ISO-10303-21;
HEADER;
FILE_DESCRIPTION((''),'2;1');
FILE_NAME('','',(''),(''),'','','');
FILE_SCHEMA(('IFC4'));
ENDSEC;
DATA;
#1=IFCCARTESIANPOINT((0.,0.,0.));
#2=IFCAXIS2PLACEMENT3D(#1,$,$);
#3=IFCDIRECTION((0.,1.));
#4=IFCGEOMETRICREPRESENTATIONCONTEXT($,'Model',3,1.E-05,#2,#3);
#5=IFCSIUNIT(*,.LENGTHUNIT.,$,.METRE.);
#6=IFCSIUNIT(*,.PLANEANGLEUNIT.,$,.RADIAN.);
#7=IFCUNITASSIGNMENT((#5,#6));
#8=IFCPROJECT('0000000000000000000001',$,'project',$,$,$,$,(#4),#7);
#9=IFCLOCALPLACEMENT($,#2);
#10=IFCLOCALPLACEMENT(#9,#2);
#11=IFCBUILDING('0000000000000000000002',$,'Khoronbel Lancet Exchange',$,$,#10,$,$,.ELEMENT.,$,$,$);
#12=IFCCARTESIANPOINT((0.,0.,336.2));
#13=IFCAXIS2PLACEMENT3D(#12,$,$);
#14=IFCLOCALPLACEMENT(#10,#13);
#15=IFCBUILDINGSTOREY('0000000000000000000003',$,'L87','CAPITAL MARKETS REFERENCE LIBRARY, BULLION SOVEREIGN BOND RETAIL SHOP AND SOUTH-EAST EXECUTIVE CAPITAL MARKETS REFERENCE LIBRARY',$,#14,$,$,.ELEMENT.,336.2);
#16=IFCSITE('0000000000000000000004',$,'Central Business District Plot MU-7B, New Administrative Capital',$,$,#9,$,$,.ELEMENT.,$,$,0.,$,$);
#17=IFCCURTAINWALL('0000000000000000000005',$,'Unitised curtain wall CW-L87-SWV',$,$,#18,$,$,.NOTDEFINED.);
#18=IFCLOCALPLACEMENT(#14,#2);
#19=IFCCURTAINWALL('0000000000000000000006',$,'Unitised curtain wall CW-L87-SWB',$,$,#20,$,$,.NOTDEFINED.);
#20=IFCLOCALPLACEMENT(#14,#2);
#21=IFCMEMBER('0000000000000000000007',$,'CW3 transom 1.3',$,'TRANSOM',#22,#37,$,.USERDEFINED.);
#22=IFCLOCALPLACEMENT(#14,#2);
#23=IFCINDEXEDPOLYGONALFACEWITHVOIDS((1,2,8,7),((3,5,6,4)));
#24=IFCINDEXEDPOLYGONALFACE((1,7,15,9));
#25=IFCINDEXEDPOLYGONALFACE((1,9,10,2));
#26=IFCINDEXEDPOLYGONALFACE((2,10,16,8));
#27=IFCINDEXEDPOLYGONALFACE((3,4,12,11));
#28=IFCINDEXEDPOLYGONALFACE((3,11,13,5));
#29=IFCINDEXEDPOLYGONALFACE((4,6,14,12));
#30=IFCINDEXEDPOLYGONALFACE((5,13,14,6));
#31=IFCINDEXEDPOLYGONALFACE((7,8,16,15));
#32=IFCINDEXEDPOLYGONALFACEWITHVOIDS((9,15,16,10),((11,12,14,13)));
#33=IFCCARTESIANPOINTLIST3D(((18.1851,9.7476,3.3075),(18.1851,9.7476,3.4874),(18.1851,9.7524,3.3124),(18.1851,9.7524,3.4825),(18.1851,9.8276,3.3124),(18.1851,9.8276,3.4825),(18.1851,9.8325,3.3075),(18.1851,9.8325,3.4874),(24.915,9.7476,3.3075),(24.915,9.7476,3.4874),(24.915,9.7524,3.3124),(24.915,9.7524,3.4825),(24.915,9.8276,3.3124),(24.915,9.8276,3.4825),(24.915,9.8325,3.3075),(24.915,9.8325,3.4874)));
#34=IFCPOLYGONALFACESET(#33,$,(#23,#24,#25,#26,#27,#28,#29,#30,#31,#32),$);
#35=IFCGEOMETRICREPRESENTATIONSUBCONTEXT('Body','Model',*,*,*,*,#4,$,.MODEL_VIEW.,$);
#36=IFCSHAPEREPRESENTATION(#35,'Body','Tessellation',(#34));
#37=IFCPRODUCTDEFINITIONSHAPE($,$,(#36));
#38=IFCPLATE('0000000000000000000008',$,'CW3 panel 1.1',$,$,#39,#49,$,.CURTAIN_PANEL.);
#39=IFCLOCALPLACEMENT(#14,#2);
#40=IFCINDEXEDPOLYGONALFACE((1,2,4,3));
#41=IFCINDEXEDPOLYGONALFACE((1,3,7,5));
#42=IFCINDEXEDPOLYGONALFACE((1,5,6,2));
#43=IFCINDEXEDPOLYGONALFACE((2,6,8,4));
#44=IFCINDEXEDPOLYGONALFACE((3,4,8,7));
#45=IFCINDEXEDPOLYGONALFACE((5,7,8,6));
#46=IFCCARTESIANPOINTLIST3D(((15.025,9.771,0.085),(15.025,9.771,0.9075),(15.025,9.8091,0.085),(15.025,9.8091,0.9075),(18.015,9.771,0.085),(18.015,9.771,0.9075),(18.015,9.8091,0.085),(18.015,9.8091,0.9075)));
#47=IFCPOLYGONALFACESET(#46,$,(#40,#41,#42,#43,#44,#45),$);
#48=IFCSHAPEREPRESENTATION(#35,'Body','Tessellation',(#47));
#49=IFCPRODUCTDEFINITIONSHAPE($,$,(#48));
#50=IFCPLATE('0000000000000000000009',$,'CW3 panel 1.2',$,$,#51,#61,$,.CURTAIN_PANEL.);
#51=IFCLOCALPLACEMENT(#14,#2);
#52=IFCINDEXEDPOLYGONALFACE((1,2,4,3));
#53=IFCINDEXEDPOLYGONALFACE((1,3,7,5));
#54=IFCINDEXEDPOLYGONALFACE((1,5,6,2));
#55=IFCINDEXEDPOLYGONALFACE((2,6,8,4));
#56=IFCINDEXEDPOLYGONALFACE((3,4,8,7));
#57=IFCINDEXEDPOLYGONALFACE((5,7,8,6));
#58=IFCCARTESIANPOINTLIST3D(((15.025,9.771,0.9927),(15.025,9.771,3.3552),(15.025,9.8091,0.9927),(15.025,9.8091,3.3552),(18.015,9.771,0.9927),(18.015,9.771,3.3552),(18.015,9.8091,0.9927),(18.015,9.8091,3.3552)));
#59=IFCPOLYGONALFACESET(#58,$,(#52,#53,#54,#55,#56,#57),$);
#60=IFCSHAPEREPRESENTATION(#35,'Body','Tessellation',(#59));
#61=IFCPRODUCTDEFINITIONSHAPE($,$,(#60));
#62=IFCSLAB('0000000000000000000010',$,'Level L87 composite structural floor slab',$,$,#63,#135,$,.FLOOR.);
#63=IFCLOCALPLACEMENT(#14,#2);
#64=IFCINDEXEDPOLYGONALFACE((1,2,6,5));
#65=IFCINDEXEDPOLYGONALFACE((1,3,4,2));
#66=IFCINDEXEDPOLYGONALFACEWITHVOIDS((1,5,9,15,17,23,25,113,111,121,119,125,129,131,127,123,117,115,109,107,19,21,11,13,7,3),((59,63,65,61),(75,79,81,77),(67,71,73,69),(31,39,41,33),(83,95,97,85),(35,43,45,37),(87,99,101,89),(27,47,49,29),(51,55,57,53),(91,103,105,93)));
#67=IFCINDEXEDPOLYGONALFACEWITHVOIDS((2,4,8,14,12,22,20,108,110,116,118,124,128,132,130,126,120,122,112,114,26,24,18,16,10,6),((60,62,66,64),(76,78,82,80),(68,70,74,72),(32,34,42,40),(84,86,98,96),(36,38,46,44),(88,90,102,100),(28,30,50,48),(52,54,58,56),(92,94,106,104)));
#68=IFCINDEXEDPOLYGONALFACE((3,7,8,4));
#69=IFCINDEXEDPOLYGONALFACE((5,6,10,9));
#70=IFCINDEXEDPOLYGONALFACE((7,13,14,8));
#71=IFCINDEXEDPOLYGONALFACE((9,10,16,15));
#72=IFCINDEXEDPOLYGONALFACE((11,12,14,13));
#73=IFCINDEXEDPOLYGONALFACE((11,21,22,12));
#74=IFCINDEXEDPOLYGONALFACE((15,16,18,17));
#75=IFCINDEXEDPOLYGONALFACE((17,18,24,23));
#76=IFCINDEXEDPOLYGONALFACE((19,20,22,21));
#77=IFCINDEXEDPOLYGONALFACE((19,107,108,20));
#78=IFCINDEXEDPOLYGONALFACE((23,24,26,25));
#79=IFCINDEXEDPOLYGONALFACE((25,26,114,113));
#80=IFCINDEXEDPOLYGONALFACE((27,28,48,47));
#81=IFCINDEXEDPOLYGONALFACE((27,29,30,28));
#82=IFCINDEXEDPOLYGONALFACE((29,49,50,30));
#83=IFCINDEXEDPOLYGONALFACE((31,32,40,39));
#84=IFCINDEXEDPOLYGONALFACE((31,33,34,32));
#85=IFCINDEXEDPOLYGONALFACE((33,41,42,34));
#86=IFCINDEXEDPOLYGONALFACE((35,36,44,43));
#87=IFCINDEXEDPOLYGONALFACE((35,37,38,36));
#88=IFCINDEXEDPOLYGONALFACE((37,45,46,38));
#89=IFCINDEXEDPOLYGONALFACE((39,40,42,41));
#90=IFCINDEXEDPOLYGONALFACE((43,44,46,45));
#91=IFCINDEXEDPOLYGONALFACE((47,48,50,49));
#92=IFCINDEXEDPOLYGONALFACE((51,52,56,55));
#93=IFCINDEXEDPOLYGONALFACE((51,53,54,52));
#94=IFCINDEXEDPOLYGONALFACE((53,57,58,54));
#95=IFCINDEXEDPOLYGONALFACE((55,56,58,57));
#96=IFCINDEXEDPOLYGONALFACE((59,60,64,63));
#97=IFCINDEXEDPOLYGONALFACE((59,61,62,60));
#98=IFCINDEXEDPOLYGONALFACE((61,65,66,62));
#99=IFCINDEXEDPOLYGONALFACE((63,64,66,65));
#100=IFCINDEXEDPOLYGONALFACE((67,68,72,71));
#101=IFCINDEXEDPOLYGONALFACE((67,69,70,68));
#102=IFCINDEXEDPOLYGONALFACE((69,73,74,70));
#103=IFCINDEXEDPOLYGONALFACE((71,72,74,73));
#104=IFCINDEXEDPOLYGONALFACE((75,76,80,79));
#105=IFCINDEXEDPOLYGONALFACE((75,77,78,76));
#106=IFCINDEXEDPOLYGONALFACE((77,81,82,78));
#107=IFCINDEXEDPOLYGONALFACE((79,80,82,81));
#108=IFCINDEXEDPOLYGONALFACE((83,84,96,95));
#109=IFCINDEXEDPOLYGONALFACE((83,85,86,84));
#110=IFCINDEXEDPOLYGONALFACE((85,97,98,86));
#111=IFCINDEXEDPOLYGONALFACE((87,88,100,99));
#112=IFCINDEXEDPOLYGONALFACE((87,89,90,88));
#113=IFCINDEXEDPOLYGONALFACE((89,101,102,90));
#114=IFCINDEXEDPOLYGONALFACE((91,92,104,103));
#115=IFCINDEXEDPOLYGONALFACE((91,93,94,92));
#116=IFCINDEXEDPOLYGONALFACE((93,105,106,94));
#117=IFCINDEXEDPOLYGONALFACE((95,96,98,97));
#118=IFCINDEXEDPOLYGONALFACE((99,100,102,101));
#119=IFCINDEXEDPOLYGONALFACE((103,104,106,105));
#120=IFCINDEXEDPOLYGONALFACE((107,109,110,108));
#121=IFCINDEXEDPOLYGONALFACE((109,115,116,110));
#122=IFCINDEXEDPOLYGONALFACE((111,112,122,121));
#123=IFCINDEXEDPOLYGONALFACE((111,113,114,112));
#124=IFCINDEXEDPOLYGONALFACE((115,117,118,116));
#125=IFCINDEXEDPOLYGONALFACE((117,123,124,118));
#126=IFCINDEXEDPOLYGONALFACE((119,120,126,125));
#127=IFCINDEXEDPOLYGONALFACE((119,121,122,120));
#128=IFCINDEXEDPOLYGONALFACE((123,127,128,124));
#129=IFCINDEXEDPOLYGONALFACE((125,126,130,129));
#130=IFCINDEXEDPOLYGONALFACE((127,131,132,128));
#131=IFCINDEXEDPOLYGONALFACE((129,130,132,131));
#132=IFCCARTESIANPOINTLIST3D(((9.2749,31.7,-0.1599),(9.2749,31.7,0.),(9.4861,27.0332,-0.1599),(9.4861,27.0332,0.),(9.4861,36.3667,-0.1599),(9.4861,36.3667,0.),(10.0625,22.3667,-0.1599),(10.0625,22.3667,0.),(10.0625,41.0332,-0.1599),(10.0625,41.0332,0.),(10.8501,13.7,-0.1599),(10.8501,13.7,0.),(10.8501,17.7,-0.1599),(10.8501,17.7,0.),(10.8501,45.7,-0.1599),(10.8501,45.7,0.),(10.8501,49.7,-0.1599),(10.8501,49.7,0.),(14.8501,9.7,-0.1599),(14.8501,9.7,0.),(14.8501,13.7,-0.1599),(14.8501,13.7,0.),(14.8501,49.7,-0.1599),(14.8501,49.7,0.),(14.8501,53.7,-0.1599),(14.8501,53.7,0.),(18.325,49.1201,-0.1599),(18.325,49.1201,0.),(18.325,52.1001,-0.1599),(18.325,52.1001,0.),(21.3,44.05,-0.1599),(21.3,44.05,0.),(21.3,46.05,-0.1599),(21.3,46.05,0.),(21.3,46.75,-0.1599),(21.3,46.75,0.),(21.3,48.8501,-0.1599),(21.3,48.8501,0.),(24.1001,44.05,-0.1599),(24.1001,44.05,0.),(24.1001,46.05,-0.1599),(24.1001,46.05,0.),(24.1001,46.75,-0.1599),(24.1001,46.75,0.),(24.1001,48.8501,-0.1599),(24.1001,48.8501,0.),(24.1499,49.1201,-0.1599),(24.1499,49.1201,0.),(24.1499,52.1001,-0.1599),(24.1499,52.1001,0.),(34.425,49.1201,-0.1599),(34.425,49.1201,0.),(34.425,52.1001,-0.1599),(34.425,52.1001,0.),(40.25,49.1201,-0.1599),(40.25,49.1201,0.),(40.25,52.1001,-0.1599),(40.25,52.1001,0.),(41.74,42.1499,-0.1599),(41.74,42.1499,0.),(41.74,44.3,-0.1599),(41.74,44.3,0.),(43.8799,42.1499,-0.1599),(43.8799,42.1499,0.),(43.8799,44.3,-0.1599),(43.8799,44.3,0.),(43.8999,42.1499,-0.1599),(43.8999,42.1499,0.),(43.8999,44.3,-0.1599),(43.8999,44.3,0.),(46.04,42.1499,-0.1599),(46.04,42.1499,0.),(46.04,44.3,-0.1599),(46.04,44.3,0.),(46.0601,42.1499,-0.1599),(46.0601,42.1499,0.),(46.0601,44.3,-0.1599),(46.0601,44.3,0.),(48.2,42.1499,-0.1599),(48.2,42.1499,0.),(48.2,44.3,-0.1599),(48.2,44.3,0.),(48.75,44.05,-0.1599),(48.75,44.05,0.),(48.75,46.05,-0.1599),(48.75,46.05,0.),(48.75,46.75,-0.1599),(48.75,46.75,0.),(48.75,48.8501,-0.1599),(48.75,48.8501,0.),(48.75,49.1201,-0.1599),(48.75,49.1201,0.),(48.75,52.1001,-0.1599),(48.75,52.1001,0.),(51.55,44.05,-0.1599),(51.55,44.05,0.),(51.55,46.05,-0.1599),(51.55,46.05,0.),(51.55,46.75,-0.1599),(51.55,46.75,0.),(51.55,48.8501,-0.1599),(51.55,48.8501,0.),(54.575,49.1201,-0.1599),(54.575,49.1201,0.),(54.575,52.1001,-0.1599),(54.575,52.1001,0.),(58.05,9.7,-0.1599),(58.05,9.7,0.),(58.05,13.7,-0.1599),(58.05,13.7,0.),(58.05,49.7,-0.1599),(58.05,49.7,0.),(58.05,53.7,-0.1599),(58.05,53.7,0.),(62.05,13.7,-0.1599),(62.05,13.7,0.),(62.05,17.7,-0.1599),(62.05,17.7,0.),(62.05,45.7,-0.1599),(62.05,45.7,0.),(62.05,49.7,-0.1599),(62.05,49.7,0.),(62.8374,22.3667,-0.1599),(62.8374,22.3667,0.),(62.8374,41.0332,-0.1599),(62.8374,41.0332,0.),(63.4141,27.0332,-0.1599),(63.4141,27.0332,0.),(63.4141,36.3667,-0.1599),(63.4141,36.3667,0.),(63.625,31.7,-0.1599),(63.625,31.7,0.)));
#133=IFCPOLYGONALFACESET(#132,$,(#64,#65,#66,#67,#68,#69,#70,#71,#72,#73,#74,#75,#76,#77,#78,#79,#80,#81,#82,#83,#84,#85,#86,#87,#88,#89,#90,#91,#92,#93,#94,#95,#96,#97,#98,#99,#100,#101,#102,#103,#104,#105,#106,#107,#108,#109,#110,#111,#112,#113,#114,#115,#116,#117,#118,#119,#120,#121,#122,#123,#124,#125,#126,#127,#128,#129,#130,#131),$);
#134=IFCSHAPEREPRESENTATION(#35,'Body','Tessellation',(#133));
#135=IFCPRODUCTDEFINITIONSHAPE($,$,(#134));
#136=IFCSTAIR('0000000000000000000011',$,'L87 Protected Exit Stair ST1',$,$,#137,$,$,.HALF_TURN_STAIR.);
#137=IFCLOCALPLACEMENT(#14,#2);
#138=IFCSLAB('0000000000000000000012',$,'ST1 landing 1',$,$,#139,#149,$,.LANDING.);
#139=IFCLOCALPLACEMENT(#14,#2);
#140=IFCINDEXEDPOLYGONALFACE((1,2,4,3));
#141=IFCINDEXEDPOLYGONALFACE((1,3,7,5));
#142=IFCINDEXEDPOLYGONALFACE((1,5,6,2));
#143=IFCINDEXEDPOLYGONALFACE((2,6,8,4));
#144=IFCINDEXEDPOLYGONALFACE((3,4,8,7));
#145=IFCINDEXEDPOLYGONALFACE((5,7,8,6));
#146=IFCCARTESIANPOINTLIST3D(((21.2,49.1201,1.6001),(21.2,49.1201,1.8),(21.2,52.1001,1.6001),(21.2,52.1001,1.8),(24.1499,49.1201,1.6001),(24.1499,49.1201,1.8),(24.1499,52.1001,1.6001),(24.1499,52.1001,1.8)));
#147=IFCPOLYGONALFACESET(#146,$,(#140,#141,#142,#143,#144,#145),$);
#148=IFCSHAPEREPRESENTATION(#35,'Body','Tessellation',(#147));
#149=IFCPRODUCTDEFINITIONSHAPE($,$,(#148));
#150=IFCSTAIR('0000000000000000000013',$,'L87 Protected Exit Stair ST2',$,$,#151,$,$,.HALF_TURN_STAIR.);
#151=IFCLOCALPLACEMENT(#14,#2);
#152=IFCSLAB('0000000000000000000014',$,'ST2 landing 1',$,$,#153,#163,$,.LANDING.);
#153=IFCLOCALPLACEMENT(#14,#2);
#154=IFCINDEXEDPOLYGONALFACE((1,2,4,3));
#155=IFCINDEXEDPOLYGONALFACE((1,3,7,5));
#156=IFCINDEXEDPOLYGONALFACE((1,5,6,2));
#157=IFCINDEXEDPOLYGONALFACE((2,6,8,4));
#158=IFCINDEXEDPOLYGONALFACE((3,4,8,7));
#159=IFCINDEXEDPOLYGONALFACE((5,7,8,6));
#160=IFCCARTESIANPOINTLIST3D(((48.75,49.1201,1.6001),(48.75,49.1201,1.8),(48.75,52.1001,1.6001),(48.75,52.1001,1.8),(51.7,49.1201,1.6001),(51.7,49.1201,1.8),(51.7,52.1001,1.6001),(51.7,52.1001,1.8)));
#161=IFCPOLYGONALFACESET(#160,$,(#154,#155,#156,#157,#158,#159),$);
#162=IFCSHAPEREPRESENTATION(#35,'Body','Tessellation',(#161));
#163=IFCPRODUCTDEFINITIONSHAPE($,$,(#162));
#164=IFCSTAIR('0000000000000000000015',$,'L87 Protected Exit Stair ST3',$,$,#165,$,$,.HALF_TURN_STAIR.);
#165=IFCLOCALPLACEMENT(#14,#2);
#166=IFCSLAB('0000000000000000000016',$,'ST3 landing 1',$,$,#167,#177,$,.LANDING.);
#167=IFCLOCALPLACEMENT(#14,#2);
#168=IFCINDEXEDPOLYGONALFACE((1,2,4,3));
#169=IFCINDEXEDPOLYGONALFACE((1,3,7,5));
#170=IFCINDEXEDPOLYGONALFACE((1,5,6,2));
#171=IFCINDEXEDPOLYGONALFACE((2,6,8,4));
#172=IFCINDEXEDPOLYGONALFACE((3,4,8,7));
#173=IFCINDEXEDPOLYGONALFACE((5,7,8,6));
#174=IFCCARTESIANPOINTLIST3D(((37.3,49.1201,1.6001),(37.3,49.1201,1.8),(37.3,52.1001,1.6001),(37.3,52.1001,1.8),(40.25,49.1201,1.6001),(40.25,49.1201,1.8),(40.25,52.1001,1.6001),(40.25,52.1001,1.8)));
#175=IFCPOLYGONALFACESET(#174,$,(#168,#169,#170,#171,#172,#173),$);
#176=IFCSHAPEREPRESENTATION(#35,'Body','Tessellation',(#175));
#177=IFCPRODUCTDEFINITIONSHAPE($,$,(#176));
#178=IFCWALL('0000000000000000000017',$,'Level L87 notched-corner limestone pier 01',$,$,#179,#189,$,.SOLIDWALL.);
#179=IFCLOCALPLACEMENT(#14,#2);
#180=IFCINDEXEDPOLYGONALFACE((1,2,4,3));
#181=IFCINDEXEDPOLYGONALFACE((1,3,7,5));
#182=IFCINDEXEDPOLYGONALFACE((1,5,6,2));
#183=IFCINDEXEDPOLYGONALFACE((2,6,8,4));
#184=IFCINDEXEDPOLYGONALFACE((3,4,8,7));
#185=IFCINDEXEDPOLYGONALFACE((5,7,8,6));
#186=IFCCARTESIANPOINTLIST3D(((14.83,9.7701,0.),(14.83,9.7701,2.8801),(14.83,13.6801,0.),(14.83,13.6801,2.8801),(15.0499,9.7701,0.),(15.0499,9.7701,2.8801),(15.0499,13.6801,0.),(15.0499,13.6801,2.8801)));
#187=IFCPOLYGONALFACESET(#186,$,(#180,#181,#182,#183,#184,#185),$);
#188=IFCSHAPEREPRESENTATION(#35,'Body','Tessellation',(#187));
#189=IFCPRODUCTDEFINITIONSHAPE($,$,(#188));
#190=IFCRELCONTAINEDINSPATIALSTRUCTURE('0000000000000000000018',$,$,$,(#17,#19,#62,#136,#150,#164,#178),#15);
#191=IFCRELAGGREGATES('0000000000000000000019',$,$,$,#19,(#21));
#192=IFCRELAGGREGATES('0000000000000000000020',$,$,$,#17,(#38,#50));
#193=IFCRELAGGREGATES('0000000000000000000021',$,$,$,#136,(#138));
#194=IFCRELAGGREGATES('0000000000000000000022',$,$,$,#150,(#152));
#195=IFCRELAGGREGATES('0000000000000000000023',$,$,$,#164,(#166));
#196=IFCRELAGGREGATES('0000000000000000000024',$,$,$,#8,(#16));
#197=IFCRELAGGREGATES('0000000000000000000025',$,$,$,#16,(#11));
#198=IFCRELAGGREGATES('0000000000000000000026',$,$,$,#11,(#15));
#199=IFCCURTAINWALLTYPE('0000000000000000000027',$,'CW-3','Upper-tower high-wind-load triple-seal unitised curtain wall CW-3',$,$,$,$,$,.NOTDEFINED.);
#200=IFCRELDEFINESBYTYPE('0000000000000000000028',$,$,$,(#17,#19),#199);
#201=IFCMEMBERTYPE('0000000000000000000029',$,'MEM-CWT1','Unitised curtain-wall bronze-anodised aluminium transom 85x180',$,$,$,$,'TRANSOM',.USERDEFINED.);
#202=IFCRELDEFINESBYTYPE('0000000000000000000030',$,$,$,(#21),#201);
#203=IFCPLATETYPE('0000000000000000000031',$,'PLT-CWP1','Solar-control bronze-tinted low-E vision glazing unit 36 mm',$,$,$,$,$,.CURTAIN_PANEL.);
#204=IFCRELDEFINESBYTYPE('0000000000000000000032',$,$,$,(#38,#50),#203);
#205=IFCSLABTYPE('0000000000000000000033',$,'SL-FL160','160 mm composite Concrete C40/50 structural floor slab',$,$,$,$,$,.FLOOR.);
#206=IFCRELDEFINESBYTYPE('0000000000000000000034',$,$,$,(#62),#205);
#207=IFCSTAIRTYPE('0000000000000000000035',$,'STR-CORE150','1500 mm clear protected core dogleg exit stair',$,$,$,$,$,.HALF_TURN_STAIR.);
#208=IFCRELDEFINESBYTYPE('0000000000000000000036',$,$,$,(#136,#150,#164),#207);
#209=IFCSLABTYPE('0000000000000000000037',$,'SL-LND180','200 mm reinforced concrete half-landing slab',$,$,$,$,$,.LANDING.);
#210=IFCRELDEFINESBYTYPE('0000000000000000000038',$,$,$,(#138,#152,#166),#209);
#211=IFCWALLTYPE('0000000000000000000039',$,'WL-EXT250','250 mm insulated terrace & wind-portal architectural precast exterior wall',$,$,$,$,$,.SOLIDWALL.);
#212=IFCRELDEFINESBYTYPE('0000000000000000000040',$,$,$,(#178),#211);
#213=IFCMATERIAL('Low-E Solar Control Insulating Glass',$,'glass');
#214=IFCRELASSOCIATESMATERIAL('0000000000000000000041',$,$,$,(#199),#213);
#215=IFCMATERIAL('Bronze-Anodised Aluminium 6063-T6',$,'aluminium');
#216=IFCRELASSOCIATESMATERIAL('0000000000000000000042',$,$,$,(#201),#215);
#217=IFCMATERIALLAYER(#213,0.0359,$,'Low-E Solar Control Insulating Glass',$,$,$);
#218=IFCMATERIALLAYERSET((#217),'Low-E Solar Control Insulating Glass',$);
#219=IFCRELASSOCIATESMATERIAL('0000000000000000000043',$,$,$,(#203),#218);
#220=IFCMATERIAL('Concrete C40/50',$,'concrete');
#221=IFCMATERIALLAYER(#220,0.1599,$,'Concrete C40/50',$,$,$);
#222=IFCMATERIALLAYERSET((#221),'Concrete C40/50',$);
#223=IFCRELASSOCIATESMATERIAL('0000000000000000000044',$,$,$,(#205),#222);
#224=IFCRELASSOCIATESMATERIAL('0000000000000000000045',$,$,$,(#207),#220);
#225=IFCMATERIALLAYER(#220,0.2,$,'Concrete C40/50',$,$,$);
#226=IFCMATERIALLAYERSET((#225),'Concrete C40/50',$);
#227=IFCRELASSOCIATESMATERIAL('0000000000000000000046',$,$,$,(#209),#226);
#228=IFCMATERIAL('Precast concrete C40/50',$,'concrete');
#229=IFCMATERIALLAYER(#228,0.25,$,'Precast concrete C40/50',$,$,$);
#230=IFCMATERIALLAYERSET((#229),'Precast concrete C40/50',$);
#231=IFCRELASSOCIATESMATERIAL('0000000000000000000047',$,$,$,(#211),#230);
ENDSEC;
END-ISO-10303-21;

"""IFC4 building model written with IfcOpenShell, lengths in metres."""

from ifc_helpers import new_model, si_unit, direction, frame, frame_2d, origin, origin_2d, place, context, subcontext, project, spatial, polyline, rectangle, hollow_rectangle, outline, extrude, material, layer, layer_set, material_profile, profile_set, type_object, element, aggregate, save


model = new_model("IFC4")

# Units and contexts
model_context = context("Model", 3, precision=1e-05, world=origin(), true_north=direction((0.0, 1.0)))
body_context = subcontext(model_context, "Body", "Model", "MODEL_VIEW")
ifc_project = project(units=[si_unit("LENGTHUNIT", "METRE"), si_unit("PLANEANGLEUNIT", "RADIAN")], contexts=[model_context])

# Site, building, storey
site_placement = place(None, origin())
site = spatial("IfcSite", under=ifc_project, at=site_placement, Name="Central Business District Plot MU-7B, New Administrative Capital", CompositionType="ELEMENT", RefElevation=0.0)
building_placement = place(site_placement, origin())
building = spatial("IfcBuilding", under=site, at=building_placement, Name="Khoronbel Lancet Exchange", CompositionType="ELEMENT")
storey_placement = place(building_placement, frame((0.0, 0.0, 336.2)))
storey = spatial("IfcBuildingStorey", under=building, at=storey_placement, Name="L87", Description="CAPITAL MARKETS REFERENCE LIBRARY, BULLION SOVEREIGN BOND RETAIL SHOP AND SOUTH-EAST EXECUTIVE CAPITAL MARKETS REFERENCE LIBRARY", CompositionType="ELEMENT", Elevation=336.2)

# Curtain wall
ifc_material_1 = material(Name="Low-E Solar Control Insulating Glass", Category="glass")
curtain_wall_type = type_object("IfcCurtainWallType", Name="CW-3", Description="Upper-tower high-wind-load triple-seal unitised curtain wall CW-3", PredefinedType="NOTDEFINED", material=ifc_material_1)
curtain_wall_1_placement = place(storey_placement, origin())
curtain_wall_1 = element("IfcCurtainWall", 1, at=curtain_wall_1_placement, inside=storey, type_object=curtain_wall_type, Name="Unitised curtain wall CW-L87-SWV", PredefinedType="NOTDEFINED")
ifc_material_2 = material(Name="Bronze-Anodised Aluminium 6063-T6", Category="aluminium")

# Curtain wall
curtain_wall_2_placement = place(storey_placement, origin())
curtain_wall_2 = element("IfcCurtainWall", 2, at=curtain_wall_2_placement, inside=storey, type_object=curtain_wall_type, Name="Unitised curtain wall CW-L87-SWB", PredefinedType="NOTDEFINED")

# Member
ifc_material_profile_1 = material_profile(ifc_material_2, hollow_rectangle(XDim=0.085, YDim=0.1799, WallThickness=0.0049, at=origin_2d()), Name="ALU TRANSOM 85x180")
ifc_profile_set_1 = profile_set([ifc_material_profile_1], Name="Bronze-Anodised Aluminium 6063-T6")
member_type_1 = type_object("IfcMemberType", Name="MEM-CWT1", Description="Unitised curtain-wall bronze-anodised aluminium transom 85x180", ElementType="TRANSOM", PredefinedType="USERDEFINED", material=ifc_profile_set_1)
member_1_placement = place(storey_placement, frame((18.1851, 9.79, 3.3975), z_axis=(1.0, 0.0, 0.0), x_axis=(0.0, 1.0, 0.0)))
member_1 = element("IfcMember", 3, at=member_1_placement, type_object=member_type_1, Name="CW3 transom 1.3", ObjectType="TRANSOM", PredefinedType="USERDEFINED", context=body_context, shape_type="SweptSolid", body=[
    extrude(hollow_rectangle(XDim=0.085, YDim=0.1799, WallThickness=0.0049, at=origin_2d()), origin(), (0.0, 0.0, 1.0), 6.73),
])
aggregate(curtain_wall_2, [member_1])

# Plates
ifc_layer_1 = layer(ifc_material_1, 0.0359, Name="Low-E Solar Control Insulating Glass")
ifc_layer_set_1 = layer_set([ifc_layer_1], Name="Low-E Solar Control Insulating Glass")
plate_type = type_object("IfcPlateType", Name="PLT-CWP1", Description="Solar-control bronze-tinted low-E vision glazing unit 36 mm", PredefinedType="CURTAIN_PANEL", material=ifc_layer_set_1)
plate_1_placement = place(storey_placement, frame((16.52, 9.79, 0.085), z_axis=(0.0, 0.0, 1.0), x_axis=(1.0, 0.0, 0.0)))
plate_1 = element("IfcPlate", 4, at=plate_1_placement, type_object=plate_type, Name="CW3 panel 1.1", PredefinedType="CURTAIN_PANEL", context=body_context, shape_type="SweptSolid", body=[
    extrude(rectangle(XDim=2.99, YDim=0.0381, at=origin_2d()), origin(), (0.0, 0.0, 1.0), 0.8225),
])
plate_2_placement = place(storey_placement, frame((16.52, 9.79, 0.9927), z_axis=(0.0, 0.0, 1.0), x_axis=(1.0, 0.0, 0.0)))
plate_2 = element("IfcPlate", 5, at=plate_2_placement, type_object=plate_type, Name="CW3 panel 1.2", PredefinedType="CURTAIN_PANEL", context=body_context, shape_type="SweptSolid", body=[
    extrude(rectangle(XDim=2.99, YDim=0.0381, at=origin_2d()), origin(), (0.0, 0.0, 1.0), 2.3625),
])
aggregate(curtain_wall_1, [plate_1, plate_2])

# Slab
ifc_material_3 = material(Name="Concrete C40/50", Category="concrete")
ifc_layer_2 = layer(ifc_material_3, 0.1599, Name="Concrete C40/50")
ifc_layer_set_2 = layer_set([ifc_layer_2], Name="Concrete C40/50")
slab_type_1 = type_object("IfcSlabType", Name="SL-FL160", Description="160 mm composite Concrete C40/50 structural floor slab", PredefinedType="FLOOR", material=ifc_layer_set_2)
slab_1_placement = place(storey_placement, frame((0.0, 0.0, -0.1599)))
element("IfcSlab", 6, at=slab_1_placement, inside=storey, type_object=slab_type_1, Name="Level L87 composite structural floor slab", PredefinedType="FLOOR", context=body_context, shape_type="SweptSolid", body=[
    extrude(outline(polyline([(14.8501, 9.7), (58.05, 9.7), (58.05, 13.7), (62.05, 13.7), (62.05, 17.7), (62.8374, 22.3667), (63.4141, 27.0332), (63.625, 31.7), (63.4141, 36.3667), (62.8374, 41.0332), (62.05, 45.7), (62.05, 49.7), (58.05, 49.7), (58.05, 53.7), (14.8501, 53.7), (14.8501, 49.7), (10.8501, 49.7), (10.8501, 45.7), (10.0625, 41.0332), (9.4861, 36.3667), (9.2749, 31.7), (9.4861, 27.0332), (10.0625, 22.3667), (10.8501, 17.7), (10.8501, 13.7), (14.8501, 13.7), (14.8501, 9.7)]), holes=[polyline([(18.325, 49.1201), (24.1499, 49.1201), (24.1499, 52.1001), (18.325, 52.1001), (18.325, 49.1201)]), polyline([(48.75, 49.1201), (54.575, 49.1201), (54.575, 52.1001), (48.75, 52.1001), (48.75, 49.1201)]), polyline([(34.425, 49.1201), (40.25, 49.1201), (40.25, 52.1001), (34.425, 52.1001), (34.425, 49.1201)]), polyline([(41.74, 42.1499), (43.8799, 42.1499), (43.8799, 44.3), (41.74, 44.3), (41.74, 42.1499)]), polyline([(43.8999, 42.1499), (46.04, 42.1499), (46.04, 44.3), (43.8999, 44.3), (43.8999, 42.1499)]), polyline([(46.0601, 42.1499), (48.2, 42.1499), (48.2, 44.3), (46.0601, 44.3), (46.0601, 42.1499)]), polyline([(21.3, 46.75), (24.1001, 46.75), (24.1001, 48.8501), (21.3, 48.8501), (21.3, 46.75)]), polyline([(48.75, 46.75), (51.55, 46.75), (51.55, 48.8501), (48.75, 48.8501), (48.75, 46.75)]), polyline([(21.3, 44.05), (24.1001, 44.05), (24.1001, 46.05), (21.3, 46.05), (21.3, 44.05)]), polyline([(48.75, 44.05), (51.55, 44.05), (51.55, 46.05), (48.75, 46.05), (48.75, 44.05)])]), origin(), (0.0, 0.0, 1.0), 0.1599),
])

# Stairs, slabs
stair_type = type_object("IfcStairType", Name="STR-CORE150", Description="1500 mm clear protected core dogleg exit stair", PredefinedType="HALF_TURN_STAIR", material=ifc_material_3)
stair_1_placement = place(storey_placement, origin())
stair_1 = element("IfcStair", 7, at=stair_1_placement, inside=storey, type_object=stair_type, Name="L87 Protected Exit Stair ST1", PredefinedType="HALF_TURN_STAIR")
ifc_layer_3 = layer(ifc_material_3, 0.2, Name="Concrete C40/50")
ifc_layer_set_3 = layer_set([ifc_layer_3], Name="Concrete C40/50")
slab_type_2 = type_object("IfcSlabType", Name="SL-LND180", Description="200 mm reinforced concrete half-landing slab", PredefinedType="LANDING", material=ifc_layer_set_3)
slab_2_placement = place(storey_placement, frame((0.0, 0.0, 1.6001)))
slab_2 = element("IfcSlab", 8, at=slab_2_placement, type_object=slab_type_2, Name="ST1 landing 1", PredefinedType="LANDING", context=body_context, shape_type="SweptSolid", body=[
    extrude(outline(polyline([(21.2, 49.1201), (24.1499, 49.1201), (24.1499, 52.1001), (21.2, 52.1001), (21.2, 49.1201)])), origin(), (0.0, 0.0, 1.0), 0.2),
])
aggregate(stair_1, [slab_2])
stair_2_placement = place(storey_placement, origin())
stair_2 = element("IfcStair", 9, at=stair_2_placement, inside=storey, type_object=stair_type, Name="L87 Protected Exit Stair ST2", PredefinedType="HALF_TURN_STAIR")
slab_3_placement = place(storey_placement, frame((0.0, 0.0, 1.6001)))
slab_3 = element("IfcSlab", 10, at=slab_3_placement, type_object=slab_type_2, Name="ST2 landing 1", PredefinedType="LANDING", context=body_context, shape_type="SweptSolid", body=[
    extrude(outline(polyline([(51.7, 52.1001), (48.75, 52.1001), (48.75, 49.1201), (51.7, 49.1201), (51.7, 52.1001)])), origin(), (0.0, 0.0, 1.0), 0.2),
])
aggregate(stair_2, [slab_3])
stair_3_placement = place(storey_placement, origin())
stair_3 = element("IfcStair", 11, at=stair_3_placement, inside=storey, type_object=stair_type, Name="L87 Protected Exit Stair ST3", PredefinedType="HALF_TURN_STAIR")
slab_4_placement = place(storey_placement, frame((0.0, 0.0, 1.6001)))
slab_4 = element("IfcSlab", 12, at=slab_4_placement, type_object=slab_type_2, Name="ST3 landing 1", PredefinedType="LANDING", context=body_context, shape_type="SweptSolid", body=[
    extrude(outline(polyline([(37.3, 49.1201), (40.25, 49.1201), (40.25, 52.1001), (37.3, 52.1001), (37.3, 49.1201)])), origin(), (0.0, 0.0, 1.0), 0.2),
])
aggregate(stair_3, [slab_4])

# Wall
ifc_material_4 = material(Name="Precast concrete C40/50", Category="concrete")
ifc_layer_4 = layer(ifc_material_4, 0.25, Name="Precast concrete C40/50")
ifc_layer_set_4 = layer_set([ifc_layer_4], Name="Precast concrete C40/50")
wall_type_1 = type_object("IfcWallType", Name="WL-EXT250", Description="250 mm insulated terrace & wind-portal architectural precast exterior wall", PredefinedType="SOLIDWALL", material=ifc_layer_set_4)
wall_1_placement = place(storey_placement, frame((14.9399, 9.77, 0.0), z_axis=(0.0, 0.0, 1.0), x_axis=(0.0, 1.0, 0.0)))
element("IfcWall", 13, at=wall_1_placement, inside=storey, type_object=wall_type_1, Name="Level L87 notched-corner limestone pier 01", PredefinedType="SOLIDWALL", context=body_context, shape_type="SweptSolid", body=[
    extrude(rectangle(XDim=3.9099, YDim=0.22, at=frame_2d((1.9551, 0.0))), origin(), (0.0, 0.0, 1.0), 2.8801),
])

save(model, "model.ifc")
